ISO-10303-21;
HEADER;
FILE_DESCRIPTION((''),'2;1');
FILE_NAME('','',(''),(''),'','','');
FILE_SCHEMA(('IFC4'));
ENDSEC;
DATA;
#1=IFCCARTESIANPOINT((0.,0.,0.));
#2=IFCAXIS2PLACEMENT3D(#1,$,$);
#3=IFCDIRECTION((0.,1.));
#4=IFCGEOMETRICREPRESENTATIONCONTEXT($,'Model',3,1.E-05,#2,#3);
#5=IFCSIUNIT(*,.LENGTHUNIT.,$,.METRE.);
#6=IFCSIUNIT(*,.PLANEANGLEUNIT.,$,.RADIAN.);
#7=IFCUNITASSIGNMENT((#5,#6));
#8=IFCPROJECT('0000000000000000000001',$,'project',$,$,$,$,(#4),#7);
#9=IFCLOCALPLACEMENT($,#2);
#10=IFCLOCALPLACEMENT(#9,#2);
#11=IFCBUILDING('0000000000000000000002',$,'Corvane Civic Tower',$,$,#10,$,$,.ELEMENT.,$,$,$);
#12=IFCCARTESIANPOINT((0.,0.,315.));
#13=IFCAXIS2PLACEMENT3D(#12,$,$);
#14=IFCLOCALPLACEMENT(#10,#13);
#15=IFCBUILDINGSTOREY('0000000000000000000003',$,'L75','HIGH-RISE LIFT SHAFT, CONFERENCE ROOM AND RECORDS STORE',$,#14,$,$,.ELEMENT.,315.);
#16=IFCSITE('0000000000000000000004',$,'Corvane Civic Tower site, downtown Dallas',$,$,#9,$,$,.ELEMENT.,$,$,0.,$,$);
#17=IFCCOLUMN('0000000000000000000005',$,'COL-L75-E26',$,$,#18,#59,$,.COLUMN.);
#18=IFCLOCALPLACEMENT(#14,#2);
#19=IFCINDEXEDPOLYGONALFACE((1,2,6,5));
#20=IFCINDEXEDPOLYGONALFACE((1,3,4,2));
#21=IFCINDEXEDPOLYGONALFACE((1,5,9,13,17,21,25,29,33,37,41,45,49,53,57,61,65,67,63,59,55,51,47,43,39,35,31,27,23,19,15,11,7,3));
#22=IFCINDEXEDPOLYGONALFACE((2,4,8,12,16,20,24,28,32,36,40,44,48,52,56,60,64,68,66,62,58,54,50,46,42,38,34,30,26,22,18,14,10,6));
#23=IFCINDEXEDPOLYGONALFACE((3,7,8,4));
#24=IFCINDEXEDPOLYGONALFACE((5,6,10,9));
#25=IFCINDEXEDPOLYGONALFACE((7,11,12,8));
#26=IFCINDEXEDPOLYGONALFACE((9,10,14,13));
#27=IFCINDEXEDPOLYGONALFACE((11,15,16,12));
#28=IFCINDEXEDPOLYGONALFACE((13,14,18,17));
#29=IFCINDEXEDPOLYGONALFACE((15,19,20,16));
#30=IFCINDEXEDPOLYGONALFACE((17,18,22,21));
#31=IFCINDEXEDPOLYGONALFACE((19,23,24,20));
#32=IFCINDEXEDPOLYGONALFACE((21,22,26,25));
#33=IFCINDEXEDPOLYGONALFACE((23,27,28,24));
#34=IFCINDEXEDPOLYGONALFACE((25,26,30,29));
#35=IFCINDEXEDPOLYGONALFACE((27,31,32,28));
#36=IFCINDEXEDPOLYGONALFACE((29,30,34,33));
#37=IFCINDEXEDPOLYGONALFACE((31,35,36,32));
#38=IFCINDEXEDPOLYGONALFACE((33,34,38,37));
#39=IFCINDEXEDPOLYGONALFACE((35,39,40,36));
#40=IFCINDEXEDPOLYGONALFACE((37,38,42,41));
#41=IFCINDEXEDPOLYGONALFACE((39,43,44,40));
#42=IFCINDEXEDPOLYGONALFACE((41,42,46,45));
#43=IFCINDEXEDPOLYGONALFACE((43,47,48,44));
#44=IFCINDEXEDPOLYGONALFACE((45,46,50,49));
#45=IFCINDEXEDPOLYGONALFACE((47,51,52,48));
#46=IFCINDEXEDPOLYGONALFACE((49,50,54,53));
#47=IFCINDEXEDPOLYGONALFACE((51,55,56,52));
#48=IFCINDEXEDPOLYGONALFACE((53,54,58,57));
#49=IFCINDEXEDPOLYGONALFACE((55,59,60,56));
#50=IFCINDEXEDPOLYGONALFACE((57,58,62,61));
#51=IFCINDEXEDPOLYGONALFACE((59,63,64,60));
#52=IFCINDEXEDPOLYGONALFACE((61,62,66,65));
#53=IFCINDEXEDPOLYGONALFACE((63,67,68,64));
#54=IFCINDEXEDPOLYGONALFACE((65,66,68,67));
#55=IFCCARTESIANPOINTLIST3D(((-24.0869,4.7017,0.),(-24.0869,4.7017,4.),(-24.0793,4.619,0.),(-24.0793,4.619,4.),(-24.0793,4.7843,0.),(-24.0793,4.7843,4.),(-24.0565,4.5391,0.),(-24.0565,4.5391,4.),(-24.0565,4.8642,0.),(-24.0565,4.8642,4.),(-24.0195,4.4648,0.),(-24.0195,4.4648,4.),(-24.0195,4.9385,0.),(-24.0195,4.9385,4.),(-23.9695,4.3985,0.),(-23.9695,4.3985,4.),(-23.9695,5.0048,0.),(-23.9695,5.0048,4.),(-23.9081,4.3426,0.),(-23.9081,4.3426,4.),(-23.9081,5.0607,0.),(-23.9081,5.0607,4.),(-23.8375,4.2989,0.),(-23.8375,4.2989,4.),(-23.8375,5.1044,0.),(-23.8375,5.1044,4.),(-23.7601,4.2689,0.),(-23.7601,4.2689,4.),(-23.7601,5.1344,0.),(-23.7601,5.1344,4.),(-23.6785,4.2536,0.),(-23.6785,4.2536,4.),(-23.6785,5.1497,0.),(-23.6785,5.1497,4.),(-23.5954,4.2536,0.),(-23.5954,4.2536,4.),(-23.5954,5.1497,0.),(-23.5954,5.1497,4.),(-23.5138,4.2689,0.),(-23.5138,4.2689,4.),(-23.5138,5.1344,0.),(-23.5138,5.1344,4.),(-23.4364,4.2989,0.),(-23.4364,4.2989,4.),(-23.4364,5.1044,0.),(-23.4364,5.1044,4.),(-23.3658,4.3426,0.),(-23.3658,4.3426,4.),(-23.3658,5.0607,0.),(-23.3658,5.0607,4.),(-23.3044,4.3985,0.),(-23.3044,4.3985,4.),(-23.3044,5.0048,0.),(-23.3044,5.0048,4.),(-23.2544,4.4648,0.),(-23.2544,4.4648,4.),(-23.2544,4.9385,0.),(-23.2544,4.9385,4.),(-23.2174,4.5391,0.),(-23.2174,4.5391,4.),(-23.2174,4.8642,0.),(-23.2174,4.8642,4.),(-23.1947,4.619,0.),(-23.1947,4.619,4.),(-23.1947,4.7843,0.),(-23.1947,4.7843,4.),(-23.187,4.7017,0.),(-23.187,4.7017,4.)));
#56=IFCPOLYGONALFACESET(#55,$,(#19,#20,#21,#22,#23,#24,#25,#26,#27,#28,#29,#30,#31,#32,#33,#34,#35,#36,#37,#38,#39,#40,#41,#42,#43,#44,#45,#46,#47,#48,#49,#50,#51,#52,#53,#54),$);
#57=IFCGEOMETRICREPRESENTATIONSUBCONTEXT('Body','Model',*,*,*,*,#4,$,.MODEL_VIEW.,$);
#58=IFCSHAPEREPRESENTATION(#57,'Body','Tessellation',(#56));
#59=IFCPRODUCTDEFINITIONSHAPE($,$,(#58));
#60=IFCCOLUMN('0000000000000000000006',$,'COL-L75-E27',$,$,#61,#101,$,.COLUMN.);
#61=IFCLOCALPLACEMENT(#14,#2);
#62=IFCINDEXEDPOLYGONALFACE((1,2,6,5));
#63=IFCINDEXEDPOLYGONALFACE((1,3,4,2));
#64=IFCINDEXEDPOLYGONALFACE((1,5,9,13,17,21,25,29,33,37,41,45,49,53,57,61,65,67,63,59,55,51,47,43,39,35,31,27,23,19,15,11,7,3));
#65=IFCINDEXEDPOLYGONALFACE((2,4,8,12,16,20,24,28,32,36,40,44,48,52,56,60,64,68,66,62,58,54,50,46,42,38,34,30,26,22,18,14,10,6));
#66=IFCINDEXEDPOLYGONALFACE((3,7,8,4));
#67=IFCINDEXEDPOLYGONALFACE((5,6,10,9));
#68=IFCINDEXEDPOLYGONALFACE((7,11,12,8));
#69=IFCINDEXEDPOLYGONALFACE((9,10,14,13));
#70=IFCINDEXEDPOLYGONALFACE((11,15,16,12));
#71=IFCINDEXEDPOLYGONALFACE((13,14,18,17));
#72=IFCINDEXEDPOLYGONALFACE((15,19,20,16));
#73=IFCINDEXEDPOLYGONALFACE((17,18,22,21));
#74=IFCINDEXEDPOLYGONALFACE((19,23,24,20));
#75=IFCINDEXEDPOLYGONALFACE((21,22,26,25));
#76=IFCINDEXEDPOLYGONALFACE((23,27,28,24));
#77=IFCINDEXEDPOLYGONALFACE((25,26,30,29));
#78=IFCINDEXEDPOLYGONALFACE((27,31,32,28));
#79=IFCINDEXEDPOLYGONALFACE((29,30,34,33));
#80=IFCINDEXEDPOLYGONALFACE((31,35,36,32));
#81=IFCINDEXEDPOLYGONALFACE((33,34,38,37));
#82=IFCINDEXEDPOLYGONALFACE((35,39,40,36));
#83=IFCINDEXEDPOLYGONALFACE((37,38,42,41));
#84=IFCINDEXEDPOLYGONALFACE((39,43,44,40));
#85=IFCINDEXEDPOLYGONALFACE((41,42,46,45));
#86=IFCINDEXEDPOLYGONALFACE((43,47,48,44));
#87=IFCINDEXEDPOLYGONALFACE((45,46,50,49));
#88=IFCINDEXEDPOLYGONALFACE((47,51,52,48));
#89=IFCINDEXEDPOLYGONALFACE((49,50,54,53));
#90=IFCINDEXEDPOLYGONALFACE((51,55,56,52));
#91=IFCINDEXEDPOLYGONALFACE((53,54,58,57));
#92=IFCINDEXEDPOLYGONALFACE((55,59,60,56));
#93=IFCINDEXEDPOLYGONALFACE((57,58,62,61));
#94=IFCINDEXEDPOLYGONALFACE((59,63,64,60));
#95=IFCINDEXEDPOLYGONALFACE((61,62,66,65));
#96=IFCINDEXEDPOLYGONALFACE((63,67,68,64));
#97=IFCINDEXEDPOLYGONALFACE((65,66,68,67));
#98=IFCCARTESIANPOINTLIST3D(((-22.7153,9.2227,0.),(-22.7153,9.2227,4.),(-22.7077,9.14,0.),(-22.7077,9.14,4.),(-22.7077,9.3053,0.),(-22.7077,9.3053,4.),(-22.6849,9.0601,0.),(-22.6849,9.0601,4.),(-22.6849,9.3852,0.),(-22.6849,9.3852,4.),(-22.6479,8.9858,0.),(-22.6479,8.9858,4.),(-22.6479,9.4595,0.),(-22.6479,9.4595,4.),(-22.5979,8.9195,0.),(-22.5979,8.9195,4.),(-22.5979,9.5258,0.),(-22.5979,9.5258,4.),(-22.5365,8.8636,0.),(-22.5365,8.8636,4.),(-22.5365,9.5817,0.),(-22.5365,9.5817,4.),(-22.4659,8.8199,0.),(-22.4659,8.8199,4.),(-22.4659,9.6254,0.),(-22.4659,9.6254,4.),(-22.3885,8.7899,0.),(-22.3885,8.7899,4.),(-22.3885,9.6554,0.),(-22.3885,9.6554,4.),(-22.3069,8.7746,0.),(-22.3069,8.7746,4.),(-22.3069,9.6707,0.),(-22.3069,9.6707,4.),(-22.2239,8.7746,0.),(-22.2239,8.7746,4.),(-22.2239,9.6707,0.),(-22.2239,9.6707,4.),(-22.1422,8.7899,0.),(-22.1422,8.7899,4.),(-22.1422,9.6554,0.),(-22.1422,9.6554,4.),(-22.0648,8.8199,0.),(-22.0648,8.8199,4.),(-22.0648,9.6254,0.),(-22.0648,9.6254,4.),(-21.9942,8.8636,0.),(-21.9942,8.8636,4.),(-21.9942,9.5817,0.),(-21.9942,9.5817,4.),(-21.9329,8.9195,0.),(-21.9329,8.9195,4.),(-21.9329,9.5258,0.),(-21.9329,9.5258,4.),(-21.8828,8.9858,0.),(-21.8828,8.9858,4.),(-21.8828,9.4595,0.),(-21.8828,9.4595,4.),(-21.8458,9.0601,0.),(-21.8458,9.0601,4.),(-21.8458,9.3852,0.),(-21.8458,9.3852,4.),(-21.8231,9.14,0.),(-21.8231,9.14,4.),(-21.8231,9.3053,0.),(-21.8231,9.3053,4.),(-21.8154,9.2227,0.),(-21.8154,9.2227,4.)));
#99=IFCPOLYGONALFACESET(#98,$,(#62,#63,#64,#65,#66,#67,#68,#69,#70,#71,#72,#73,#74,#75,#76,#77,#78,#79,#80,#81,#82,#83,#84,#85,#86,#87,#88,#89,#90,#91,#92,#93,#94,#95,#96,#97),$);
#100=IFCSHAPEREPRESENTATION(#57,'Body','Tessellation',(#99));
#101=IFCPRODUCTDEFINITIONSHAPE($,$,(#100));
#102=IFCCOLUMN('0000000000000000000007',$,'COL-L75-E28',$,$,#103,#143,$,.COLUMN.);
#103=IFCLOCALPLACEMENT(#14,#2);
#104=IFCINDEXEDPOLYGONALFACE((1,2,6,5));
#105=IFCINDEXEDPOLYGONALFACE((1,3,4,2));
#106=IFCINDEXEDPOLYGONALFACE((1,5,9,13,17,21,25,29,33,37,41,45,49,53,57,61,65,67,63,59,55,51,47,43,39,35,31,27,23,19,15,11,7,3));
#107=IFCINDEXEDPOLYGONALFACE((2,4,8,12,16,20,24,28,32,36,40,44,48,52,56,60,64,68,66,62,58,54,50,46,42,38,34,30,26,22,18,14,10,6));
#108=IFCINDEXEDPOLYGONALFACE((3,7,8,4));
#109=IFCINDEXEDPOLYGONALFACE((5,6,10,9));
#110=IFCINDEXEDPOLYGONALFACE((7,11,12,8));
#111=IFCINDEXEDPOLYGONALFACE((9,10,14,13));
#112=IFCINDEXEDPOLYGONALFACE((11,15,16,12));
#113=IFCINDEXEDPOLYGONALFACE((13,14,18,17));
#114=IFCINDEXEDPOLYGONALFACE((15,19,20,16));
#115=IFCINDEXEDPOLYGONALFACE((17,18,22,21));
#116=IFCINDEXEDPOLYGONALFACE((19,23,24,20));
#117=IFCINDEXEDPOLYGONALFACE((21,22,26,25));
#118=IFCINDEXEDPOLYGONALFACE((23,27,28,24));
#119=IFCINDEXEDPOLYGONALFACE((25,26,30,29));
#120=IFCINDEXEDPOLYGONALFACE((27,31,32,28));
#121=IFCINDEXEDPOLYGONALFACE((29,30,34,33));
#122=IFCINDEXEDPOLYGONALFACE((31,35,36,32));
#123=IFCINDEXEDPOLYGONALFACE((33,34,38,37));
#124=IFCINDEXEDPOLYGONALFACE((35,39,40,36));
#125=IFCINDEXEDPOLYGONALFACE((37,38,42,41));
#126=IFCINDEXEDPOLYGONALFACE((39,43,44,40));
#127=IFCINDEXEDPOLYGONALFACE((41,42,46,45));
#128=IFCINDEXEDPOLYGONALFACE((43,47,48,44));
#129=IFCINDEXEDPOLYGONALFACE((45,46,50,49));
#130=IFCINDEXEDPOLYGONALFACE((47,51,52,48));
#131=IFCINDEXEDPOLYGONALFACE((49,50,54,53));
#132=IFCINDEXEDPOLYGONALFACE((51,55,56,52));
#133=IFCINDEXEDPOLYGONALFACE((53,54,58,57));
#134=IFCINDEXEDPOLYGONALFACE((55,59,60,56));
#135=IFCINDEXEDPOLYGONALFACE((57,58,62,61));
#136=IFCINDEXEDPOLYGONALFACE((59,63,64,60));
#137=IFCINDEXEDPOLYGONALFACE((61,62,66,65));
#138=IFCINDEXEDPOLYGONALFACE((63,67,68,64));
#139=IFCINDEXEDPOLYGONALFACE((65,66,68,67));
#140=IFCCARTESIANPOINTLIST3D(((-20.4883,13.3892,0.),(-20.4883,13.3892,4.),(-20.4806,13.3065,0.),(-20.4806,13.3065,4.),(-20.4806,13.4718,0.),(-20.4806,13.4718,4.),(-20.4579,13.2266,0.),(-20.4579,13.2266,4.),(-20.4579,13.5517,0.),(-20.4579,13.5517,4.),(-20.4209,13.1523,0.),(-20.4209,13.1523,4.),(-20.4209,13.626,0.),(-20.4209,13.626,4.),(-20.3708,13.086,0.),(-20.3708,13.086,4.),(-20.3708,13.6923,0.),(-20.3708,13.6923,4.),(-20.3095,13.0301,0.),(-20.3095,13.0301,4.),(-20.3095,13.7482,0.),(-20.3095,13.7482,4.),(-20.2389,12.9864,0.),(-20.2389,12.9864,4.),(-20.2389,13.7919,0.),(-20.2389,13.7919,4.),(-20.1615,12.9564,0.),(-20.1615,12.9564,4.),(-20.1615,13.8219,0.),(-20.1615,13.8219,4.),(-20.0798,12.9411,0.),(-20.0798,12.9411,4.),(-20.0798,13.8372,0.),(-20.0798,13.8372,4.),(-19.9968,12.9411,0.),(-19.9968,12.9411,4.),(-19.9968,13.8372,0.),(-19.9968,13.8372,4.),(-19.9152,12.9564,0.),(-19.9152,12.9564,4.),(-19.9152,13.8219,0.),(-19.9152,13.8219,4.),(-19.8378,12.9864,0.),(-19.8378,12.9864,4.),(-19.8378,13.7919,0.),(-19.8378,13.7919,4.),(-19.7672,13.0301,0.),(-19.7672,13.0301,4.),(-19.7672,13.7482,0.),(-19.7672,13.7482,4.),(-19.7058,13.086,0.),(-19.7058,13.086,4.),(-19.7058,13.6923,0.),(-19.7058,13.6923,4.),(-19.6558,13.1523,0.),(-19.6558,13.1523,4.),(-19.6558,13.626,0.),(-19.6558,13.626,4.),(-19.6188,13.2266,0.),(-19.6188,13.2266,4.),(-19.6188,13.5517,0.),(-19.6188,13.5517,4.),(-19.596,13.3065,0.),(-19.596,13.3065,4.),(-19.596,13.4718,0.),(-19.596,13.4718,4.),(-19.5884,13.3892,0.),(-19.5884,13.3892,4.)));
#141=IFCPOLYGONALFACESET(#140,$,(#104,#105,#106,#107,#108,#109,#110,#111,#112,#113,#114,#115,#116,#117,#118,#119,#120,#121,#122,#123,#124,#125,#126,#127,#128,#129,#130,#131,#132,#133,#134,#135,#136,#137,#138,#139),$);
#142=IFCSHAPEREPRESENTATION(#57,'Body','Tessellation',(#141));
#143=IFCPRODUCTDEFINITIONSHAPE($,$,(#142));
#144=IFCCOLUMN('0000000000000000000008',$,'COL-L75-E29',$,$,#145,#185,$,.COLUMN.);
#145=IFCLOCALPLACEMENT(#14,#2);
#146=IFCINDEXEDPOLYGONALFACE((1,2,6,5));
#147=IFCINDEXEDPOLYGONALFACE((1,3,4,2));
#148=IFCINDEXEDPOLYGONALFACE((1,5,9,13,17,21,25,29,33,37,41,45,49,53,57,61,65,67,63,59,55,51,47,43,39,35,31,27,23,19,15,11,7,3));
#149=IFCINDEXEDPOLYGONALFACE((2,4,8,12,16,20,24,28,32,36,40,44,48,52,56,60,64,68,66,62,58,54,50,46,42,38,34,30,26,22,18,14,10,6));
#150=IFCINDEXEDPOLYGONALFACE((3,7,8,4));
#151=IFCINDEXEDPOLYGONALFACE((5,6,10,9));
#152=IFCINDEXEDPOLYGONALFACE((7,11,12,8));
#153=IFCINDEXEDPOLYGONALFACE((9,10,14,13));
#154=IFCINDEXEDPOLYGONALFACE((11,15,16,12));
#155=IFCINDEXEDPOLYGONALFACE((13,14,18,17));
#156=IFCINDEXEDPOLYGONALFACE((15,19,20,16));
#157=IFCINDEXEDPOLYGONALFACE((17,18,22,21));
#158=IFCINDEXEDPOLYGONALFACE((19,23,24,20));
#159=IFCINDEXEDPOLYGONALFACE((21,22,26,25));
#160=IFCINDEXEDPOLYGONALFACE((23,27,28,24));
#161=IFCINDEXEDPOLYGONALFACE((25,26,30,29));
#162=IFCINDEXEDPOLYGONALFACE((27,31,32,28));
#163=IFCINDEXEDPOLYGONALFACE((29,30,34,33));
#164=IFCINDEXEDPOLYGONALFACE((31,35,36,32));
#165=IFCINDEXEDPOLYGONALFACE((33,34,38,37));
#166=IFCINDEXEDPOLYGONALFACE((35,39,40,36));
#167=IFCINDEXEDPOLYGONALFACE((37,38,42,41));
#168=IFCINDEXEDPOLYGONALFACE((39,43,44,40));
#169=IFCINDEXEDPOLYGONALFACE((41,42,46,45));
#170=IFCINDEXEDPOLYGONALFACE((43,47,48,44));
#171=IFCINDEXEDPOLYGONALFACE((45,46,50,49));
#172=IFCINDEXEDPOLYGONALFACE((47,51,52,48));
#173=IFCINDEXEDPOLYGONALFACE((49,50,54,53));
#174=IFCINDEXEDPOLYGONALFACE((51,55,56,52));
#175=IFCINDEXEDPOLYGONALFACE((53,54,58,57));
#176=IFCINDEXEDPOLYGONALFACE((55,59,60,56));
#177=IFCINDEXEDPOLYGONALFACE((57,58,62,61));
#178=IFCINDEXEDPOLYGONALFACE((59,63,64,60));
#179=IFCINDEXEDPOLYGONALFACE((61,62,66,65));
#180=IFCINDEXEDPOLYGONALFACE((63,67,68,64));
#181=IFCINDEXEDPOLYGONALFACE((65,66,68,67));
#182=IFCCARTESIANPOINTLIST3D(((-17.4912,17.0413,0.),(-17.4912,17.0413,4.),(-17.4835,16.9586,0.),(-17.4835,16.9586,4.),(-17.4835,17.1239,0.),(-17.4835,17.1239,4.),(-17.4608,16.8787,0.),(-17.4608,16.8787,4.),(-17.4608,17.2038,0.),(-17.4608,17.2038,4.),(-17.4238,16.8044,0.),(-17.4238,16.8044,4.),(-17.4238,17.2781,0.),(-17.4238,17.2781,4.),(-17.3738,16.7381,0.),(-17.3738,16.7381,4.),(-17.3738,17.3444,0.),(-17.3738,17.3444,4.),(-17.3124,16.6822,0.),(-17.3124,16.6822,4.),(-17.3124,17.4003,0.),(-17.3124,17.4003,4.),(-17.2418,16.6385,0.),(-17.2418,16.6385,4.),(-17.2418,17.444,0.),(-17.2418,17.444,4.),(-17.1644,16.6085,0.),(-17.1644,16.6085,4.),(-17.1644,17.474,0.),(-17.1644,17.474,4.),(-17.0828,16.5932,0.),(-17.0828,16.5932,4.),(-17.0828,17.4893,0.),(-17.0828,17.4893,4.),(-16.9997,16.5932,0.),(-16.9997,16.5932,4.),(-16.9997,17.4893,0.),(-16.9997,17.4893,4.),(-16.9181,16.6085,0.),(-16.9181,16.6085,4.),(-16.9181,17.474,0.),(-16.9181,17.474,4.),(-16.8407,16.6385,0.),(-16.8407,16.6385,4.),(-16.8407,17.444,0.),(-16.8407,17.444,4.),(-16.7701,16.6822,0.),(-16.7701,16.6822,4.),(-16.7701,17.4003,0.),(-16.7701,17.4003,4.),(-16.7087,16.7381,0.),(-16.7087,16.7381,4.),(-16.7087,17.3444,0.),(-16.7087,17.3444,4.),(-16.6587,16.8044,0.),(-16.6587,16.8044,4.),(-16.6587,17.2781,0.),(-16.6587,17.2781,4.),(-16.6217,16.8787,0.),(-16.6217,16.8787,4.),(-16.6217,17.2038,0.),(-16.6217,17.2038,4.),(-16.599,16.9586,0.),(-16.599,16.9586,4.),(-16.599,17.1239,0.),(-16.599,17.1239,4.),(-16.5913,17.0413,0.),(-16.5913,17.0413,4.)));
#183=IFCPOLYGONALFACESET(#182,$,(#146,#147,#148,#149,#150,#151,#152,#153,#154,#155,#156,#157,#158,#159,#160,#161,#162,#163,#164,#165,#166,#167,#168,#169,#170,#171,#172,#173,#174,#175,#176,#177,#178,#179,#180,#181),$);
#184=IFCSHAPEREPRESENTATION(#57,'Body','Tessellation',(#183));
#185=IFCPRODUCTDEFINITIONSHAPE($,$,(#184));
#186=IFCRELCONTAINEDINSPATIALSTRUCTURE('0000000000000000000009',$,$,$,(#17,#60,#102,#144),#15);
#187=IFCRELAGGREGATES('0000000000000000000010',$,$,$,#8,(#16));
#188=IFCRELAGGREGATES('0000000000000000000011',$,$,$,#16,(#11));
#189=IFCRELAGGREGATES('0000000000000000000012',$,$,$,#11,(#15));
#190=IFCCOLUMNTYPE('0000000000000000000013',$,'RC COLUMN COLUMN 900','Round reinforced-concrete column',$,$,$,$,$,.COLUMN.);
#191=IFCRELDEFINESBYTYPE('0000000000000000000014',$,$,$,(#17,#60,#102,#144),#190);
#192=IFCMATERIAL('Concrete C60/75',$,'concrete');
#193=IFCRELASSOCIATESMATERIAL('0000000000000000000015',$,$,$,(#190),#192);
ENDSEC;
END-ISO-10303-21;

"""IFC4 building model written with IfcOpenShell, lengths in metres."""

from ifc_helpers import new_model, si_unit, direction, frame, origin, origin_2d, place, context, subcontext, project, spatial, circle, extrude, material, material_profile, profile_set, type_object, element, save


model = new_model("IFC4")

# Units and contexts
model_context = context("Model", 3, precision=1e-05, world=origin(), true_north=direction((0.0, 1.0)))
body_context = subcontext(model_context, "Body", "Model", "MODEL_VIEW")
ifc_project = project(units=[si_unit("LENGTHUNIT", "METRE"), si_unit("PLANEANGLEUNIT", "RADIAN")], contexts=[model_context])

# Site, building, storey
site_placement = place(None, origin())
site = spatial("IfcSite", under=ifc_project, at=site_placement, Name="Corvane Civic Tower site, downtown Dallas", CompositionType="ELEMENT", RefElevation=0.0)
building_placement = place(site_placement, origin())
building = spatial("IfcBuilding", under=site, at=building_placement, Name="Corvane Civic Tower", CompositionType="ELEMENT")
storey_placement = place(building_placement, frame((0.0, 0.0, 315.0)))
storey = spatial("IfcBuildingStorey", under=building, at=storey_placement, Name="L75", Description="HIGH-RISE LIFT SHAFT, CONFERENCE ROOM AND RECORDS STORE", CompositionType="ELEMENT", Elevation=315.0)

# Columns
ifc_material_1 = material(Name="Concrete C60/75", Category="concrete")
ifc_material_profile_1 = material_profile(ifc_material_1, circle(Radius=0.45, at=origin_2d()), Name="COLUMN 900")
ifc_profile_set_1 = profile_set([ifc_material_profile_1], Name="Concrete C60/75")
column_type = type_object("IfcColumnType", Name="RC COLUMN COLUMN 900", Description="Round reinforced-concrete column", PredefinedType="COLUMN", material=ifc_profile_set_1)
for number, where, z_axis, x_axis, name in (
    (1, (-23.637, 4.7017, 0.0), (0.0, 0.0, 1.0), (1.0, 0.0, 0.0), "COL-L75-E26"),
    (2, (-22.2654, 9.2227, 0.0), (0.0, 0.0, 1.0), (1.0, 0.0, 0.0), "COL-L75-E27"),
    (3, (-20.0383, 13.3892, 0.0), (0.0, 0.0, 1.0), (1.0, 0.0, 0.0), "COL-L75-E28"),
    (4, (-17.0413, 17.0413, 0.0), (0.0, 0.0, 1.0), (1.0, 0.0, 0.0), "COL-L75-E29"),
):
    element("IfcColumn", number, at=place(storey_placement, frame(where, z_axis=z_axis, x_axis=x_axis)), inside=storey, type_object=column_type, Name=name, PredefinedType="COLUMN", context=body_context, shape_type="SweptSolid", body=[
        extrude(circle(Radius=0.45, at=origin_2d()), origin(), (0.0, 0.0, 1.0), 4.0),
    ])

save(model, "model.ifc")
